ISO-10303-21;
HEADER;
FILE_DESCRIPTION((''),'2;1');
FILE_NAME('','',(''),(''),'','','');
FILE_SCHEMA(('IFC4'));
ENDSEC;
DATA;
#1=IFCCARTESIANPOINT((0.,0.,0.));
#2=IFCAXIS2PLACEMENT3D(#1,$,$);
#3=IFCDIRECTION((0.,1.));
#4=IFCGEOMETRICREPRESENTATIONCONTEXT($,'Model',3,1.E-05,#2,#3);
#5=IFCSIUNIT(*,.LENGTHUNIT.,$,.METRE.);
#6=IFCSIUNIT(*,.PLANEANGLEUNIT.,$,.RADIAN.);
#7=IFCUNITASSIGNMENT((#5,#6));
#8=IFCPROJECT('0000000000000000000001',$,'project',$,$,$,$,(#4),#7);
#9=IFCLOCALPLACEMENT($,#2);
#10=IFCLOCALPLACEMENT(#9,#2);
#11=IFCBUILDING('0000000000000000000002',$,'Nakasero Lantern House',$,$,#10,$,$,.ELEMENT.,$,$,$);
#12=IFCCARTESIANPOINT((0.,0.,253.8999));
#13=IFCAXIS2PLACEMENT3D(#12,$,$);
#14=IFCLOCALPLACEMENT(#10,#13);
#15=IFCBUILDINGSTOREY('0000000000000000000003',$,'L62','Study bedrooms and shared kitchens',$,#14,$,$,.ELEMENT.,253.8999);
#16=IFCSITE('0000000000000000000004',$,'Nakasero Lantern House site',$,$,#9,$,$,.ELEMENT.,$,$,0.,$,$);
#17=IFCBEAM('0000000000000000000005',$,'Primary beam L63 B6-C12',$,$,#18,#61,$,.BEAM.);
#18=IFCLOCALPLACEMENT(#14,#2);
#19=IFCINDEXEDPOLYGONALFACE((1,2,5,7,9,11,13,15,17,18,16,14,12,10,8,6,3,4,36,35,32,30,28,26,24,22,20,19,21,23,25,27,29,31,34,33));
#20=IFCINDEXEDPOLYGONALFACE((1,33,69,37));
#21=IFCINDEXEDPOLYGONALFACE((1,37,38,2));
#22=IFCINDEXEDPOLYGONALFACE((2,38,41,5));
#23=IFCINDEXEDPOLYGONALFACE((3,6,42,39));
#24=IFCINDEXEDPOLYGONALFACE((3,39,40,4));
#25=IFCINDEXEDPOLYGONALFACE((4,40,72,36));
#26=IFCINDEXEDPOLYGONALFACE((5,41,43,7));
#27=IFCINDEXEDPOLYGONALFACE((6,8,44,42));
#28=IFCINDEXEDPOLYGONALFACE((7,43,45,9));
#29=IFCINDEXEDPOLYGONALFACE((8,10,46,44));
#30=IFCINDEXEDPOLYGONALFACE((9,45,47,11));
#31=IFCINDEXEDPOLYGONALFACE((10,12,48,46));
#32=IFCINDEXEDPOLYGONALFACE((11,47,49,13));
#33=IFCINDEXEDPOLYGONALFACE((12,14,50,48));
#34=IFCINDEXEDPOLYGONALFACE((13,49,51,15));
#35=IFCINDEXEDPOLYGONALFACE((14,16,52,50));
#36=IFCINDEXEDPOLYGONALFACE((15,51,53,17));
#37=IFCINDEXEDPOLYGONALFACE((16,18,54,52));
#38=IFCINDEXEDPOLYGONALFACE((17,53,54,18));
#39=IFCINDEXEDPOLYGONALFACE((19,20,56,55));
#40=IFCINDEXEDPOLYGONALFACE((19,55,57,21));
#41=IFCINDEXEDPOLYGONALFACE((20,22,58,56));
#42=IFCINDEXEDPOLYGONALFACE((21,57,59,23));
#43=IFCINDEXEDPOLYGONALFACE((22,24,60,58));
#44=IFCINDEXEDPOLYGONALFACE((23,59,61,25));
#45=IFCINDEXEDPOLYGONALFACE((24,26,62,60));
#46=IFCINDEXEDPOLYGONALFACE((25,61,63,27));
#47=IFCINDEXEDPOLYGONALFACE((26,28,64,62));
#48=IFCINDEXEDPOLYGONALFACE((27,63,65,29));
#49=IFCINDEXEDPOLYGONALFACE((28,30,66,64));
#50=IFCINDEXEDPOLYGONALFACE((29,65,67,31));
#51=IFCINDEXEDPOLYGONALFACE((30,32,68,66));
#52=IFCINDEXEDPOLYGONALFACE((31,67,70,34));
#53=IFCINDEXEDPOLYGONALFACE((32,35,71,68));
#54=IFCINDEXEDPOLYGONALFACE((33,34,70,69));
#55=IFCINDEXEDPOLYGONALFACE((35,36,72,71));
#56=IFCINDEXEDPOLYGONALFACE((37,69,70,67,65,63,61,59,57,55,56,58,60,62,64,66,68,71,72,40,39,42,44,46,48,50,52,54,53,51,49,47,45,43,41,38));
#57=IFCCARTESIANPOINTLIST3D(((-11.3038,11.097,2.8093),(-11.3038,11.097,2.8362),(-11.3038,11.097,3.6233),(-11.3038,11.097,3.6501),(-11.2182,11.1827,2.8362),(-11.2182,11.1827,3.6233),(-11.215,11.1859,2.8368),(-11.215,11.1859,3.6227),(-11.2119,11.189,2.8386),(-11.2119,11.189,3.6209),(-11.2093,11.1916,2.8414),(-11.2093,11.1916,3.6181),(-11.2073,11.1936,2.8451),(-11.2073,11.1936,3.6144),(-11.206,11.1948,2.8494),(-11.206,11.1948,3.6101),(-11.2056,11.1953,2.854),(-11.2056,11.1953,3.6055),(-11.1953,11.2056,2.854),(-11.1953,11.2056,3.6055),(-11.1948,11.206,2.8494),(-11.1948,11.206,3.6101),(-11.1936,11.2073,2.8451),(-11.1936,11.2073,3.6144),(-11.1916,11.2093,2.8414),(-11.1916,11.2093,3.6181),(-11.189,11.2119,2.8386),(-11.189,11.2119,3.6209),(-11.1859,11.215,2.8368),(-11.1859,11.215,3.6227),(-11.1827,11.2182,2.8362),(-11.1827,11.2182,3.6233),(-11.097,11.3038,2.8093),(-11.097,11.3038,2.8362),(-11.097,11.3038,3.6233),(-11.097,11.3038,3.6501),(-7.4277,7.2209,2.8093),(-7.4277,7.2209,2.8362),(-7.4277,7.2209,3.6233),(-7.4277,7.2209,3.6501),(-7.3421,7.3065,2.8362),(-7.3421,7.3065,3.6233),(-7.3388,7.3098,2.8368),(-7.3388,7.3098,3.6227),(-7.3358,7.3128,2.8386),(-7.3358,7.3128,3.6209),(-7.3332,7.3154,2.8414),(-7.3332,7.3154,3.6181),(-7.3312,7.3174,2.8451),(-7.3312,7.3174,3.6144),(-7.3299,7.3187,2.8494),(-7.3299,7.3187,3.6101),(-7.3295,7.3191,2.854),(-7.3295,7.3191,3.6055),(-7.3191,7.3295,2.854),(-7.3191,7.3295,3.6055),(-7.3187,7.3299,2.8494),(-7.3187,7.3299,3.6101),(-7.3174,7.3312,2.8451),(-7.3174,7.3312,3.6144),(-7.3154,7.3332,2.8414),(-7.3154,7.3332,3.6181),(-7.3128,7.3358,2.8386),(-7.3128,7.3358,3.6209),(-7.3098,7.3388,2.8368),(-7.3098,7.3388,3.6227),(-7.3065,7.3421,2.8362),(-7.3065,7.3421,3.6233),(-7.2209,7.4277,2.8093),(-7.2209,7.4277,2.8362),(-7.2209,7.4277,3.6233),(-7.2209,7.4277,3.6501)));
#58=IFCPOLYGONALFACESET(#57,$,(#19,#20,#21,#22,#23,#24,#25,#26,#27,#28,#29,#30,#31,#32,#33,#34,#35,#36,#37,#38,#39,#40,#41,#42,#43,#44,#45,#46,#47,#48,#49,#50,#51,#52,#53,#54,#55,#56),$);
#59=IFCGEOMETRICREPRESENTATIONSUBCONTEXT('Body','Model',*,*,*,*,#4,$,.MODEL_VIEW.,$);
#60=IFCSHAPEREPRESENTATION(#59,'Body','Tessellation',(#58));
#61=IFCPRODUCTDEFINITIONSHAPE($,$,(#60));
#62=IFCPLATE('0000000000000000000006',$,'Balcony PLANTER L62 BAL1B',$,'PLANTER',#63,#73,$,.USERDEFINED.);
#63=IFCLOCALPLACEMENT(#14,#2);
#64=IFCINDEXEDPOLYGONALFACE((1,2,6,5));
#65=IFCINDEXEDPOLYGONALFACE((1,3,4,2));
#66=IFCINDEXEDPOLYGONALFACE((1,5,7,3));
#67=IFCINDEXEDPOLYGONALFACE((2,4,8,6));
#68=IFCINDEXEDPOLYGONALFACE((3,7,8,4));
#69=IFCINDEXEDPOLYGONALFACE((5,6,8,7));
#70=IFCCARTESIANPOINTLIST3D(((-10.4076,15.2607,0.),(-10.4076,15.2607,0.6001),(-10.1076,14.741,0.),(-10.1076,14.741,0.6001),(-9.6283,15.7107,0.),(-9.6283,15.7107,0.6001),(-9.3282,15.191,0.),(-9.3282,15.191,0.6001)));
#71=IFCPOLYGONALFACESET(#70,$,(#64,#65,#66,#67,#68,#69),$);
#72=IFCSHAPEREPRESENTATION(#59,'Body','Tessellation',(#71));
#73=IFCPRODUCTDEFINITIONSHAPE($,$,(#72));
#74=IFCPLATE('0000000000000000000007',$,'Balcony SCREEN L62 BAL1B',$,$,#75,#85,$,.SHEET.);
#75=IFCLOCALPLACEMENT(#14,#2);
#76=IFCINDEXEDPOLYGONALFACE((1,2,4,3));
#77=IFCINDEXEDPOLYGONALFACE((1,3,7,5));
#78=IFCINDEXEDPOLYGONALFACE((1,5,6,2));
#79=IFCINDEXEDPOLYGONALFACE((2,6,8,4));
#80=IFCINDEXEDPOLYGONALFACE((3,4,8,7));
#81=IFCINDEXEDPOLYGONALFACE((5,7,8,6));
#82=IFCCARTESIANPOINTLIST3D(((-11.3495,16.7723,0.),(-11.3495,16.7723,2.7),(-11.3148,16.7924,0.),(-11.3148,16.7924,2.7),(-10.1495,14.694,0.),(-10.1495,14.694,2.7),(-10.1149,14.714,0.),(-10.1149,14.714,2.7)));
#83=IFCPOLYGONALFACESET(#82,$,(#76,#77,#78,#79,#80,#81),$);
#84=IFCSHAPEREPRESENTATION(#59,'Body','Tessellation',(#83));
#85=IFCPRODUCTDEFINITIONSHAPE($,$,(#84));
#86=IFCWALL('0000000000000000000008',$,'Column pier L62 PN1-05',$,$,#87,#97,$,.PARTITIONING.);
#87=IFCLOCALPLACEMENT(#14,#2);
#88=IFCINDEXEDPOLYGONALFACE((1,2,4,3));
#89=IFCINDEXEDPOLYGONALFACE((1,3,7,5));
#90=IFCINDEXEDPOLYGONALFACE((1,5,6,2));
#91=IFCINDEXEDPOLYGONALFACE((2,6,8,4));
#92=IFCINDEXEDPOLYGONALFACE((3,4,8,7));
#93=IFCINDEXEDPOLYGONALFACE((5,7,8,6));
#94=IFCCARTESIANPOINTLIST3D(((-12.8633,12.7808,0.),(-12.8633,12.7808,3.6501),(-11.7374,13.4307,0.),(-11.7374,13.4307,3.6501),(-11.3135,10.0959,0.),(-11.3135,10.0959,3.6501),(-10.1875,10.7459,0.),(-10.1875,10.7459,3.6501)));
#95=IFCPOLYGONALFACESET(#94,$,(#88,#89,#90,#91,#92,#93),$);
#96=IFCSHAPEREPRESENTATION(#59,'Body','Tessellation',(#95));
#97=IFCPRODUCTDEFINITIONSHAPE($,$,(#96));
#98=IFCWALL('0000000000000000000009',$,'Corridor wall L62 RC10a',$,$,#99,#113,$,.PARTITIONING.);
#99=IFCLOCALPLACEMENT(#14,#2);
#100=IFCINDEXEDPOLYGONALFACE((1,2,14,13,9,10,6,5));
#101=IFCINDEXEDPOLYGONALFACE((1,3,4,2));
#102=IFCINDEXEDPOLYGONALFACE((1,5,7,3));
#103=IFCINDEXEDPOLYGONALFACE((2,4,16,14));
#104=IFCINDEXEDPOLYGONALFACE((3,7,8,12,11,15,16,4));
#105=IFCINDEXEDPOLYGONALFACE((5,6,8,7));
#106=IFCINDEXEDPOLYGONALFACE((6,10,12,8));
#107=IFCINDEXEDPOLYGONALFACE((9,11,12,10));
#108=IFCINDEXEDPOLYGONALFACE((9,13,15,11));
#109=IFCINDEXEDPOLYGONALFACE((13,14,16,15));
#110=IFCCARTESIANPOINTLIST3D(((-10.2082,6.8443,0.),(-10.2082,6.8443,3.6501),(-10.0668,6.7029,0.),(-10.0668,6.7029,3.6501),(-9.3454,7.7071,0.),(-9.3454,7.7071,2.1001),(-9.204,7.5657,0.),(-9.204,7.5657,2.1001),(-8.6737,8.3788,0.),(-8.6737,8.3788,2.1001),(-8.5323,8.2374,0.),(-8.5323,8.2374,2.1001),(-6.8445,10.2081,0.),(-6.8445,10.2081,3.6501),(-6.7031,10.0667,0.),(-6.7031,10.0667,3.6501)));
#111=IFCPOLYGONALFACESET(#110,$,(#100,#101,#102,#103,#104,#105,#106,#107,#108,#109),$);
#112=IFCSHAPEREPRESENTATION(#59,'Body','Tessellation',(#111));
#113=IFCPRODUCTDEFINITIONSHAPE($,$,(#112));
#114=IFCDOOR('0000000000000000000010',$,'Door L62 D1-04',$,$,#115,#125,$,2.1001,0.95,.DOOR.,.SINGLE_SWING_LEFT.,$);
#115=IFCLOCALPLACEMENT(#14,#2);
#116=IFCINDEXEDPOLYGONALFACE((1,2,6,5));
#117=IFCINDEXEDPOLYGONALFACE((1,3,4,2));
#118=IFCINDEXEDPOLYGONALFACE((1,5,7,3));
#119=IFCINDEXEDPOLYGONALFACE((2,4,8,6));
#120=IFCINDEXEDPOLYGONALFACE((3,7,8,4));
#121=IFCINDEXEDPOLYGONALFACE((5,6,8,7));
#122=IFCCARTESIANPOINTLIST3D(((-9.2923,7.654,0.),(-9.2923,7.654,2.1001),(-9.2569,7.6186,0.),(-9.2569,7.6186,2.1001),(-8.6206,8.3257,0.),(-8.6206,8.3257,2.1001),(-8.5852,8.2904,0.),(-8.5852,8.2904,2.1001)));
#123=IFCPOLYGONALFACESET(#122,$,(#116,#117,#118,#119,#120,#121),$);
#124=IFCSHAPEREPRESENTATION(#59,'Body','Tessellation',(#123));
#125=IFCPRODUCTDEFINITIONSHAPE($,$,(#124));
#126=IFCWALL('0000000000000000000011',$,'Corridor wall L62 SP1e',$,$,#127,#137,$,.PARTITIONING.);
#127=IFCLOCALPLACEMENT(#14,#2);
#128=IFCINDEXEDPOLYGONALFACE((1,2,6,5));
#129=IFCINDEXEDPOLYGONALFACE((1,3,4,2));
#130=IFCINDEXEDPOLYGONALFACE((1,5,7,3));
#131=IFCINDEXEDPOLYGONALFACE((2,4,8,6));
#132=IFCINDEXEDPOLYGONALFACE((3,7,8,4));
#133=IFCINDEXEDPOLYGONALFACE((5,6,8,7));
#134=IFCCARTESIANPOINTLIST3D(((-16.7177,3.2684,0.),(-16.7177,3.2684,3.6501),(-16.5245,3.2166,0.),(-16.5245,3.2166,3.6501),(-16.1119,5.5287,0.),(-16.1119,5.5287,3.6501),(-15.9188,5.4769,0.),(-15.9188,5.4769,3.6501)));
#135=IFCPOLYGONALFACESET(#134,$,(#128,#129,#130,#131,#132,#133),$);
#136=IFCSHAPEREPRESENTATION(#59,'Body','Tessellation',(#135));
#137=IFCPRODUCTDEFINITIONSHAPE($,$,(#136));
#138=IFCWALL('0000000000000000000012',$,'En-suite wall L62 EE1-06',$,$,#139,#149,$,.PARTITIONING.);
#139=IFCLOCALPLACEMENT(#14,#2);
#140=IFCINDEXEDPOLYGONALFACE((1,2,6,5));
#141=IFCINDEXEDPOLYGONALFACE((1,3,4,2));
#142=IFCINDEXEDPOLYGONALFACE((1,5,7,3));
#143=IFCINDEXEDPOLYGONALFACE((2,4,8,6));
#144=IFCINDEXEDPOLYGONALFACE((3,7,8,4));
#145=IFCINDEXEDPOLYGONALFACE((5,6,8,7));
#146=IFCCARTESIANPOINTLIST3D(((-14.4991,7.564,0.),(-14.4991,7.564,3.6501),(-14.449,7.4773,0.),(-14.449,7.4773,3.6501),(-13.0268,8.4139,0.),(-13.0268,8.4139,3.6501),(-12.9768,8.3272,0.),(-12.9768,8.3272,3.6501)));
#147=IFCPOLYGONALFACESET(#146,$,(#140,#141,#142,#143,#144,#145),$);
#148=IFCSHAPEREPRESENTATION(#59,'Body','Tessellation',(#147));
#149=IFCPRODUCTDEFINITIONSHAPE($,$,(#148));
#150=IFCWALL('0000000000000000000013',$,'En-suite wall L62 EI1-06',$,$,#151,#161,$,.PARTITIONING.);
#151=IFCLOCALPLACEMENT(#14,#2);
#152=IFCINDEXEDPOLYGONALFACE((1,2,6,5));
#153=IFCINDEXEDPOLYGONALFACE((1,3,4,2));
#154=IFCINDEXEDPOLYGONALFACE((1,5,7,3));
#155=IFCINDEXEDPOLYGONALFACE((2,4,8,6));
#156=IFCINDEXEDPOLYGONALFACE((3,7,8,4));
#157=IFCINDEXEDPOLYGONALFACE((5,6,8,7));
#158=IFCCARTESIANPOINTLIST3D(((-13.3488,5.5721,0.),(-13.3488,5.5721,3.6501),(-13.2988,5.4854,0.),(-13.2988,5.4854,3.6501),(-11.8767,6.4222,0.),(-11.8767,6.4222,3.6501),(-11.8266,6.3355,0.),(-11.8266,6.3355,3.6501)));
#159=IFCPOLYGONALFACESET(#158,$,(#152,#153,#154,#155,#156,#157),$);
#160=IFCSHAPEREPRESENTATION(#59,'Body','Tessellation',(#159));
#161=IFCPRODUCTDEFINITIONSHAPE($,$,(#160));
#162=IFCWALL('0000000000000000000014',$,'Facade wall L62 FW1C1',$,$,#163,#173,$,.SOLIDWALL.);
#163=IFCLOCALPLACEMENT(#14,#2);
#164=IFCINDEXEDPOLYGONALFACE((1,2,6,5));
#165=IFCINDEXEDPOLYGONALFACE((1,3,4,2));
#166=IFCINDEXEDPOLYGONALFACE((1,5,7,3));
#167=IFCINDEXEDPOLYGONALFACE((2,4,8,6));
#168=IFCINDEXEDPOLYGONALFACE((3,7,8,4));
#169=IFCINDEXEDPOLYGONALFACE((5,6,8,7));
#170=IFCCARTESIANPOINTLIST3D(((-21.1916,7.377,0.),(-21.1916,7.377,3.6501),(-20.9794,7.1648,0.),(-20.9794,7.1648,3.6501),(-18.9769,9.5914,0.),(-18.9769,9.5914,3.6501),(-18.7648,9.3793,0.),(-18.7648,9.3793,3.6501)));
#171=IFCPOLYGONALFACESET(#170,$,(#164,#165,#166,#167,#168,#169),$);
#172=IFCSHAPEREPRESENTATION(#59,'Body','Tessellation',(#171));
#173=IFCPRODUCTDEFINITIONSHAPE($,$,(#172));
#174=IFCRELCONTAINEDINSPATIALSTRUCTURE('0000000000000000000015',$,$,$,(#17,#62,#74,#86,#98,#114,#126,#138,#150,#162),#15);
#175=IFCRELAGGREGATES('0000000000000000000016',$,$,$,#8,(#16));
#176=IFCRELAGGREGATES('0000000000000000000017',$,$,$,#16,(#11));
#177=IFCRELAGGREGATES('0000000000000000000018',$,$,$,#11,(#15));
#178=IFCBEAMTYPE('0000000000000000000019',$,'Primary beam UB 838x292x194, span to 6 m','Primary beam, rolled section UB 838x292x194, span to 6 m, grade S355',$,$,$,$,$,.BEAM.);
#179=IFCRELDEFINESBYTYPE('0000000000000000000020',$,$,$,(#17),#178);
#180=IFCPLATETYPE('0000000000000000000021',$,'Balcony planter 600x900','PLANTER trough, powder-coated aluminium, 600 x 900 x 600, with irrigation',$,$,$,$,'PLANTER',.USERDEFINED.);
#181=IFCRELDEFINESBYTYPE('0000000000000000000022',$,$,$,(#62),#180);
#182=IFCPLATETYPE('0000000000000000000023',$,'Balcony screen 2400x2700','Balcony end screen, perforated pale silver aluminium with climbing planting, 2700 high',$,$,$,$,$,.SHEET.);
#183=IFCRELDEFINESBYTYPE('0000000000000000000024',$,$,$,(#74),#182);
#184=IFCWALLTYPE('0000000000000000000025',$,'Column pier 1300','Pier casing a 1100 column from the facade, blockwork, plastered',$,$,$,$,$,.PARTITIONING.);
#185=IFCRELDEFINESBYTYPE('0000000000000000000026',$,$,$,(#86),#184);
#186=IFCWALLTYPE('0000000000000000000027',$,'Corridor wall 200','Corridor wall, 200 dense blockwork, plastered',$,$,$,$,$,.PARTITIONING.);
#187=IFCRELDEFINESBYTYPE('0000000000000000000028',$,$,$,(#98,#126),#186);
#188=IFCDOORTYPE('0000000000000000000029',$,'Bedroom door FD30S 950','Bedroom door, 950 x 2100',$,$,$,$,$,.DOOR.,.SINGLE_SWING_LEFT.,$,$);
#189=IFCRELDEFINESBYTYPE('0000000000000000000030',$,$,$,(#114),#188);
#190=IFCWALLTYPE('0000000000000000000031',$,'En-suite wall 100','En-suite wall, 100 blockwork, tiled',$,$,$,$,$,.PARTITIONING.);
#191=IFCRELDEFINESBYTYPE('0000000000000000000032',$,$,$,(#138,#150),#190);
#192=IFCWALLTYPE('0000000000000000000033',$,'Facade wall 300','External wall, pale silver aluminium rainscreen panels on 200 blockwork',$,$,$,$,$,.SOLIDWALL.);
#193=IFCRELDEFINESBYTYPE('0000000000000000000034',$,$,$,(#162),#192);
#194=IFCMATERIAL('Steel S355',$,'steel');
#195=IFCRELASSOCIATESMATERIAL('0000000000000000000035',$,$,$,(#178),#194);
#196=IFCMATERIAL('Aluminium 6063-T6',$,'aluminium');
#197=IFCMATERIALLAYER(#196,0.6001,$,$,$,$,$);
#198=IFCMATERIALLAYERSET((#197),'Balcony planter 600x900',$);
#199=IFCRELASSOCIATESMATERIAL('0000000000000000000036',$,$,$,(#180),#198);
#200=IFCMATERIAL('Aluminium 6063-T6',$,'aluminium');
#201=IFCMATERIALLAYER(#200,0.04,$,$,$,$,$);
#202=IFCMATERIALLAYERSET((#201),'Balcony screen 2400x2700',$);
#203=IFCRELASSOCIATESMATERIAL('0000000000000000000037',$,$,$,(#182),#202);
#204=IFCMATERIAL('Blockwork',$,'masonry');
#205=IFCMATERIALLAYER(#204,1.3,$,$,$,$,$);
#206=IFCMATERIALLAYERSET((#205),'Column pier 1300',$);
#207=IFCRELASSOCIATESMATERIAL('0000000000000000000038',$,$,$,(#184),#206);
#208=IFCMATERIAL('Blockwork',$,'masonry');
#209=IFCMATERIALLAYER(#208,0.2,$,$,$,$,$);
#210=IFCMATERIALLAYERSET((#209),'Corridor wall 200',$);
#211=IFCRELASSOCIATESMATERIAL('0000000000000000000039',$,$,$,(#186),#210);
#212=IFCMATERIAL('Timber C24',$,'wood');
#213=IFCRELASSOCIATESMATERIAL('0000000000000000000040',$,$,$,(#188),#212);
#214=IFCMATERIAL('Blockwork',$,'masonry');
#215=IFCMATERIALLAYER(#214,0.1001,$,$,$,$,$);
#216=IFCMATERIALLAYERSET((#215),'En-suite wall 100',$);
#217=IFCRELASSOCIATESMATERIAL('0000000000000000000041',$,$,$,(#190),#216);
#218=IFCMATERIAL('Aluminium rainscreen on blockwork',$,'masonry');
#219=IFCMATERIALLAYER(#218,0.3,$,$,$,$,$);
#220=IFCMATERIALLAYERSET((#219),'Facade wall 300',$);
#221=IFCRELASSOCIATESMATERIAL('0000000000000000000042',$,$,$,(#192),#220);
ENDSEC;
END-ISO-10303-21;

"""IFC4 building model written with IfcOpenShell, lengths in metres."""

from ifc_helpers import new_model, si_unit, direction, frame, frame_2d, origin, origin_2d, place, context, subcontext, project, spatial, rectangle, i_section, extrude, material, layer, layer_set, material_profile, profile_set, type_object, element, fill, save


model = new_model("IFC4")

# Units and contexts
model_context = context("Model", 3, precision=1e-05, world=origin(), true_north=direction((0.0, 1.0)))
body_context = subcontext(model_context, "Body", "Model", "MODEL_VIEW")
ifc_project = project(units=[si_unit("LENGTHUNIT", "METRE"), si_unit("PLANEANGLEUNIT", "RADIAN")], contexts=[model_context])

# Site, building, storey
site_placement = place(None, origin())
site = spatial("IfcSite", under=ifc_project, at=site_placement, Name="Nakasero Lantern House site", CompositionType="ELEMENT", RefElevation=0.0)
building_placement = place(site_placement, origin())
building = spatial("IfcBuilding", under=site, at=building_placement, Name="Nakasero Lantern House", CompositionType="ELEMENT")
storey_placement = place(building_placement, frame((0.0, 0.0, 253.8999)))
storey = spatial("IfcBuildingStorey", under=building, at=storey_placement, Name="L62", Description="Study bedrooms and shared kitchens", CompositionType="ELEMENT", Elevation=253.8999)

# Beam
ifc_material_1 = material(Name="Steel S355", Category="steel")
ifc_material_profile_1 = material_profile(ifc_material_1, i_section(OverallWidth=0.2925, OverallDepth=0.8408, WebThickness=0.0146, FlangeThickness=0.0269, FilletRadius=0.0178, at=origin_2d()), Name="UB 838x292x194")
ifc_profile_set_1 = profile_set([ifc_material_profile_1], Name="Steel S355")
beam_type_1 = type_object("IfcBeamType", Name="Primary beam UB 838x292x194, span to 6 m", Description="Primary beam, rolled section UB 838x292x194, span to 6 m, grade S355", PredefinedType="BEAM", material=ifc_profile_set_1)
beam_1_placement = place(storey_placement, frame((-11.2004, 11.2004, 3.2297), z_axis=(0.707107, -0.707107, 0.0), x_axis=(0.707107, 0.707107, 0.0)))
element("IfcBeam", 1, at=beam_1_placement, inside=storey, type_object=beam_type_1, Name="Primary beam L63 B6-C12", PredefinedType="BEAM", context=body_context, shape_type="SweptSolid", body=[
    extrude(i_section(OverallWidth=0.2925, OverallDepth=0.8408, WebThickness=0.0146, FlangeThickness=0.0269, FilletRadius=0.0178, at=origin_2d()), origin(), (0.0, 0.0, 1.0), 5.4817),
])

# Plates
ifc_material_2 = material(Name="Aluminium 6063-T6", Category="aluminium")
ifc_layer_1 = layer(ifc_material_2, 0.6001)
ifc_layer_set_1 = layer_set([ifc_layer_1], Name="Balcony planter 600x900")
plate_type_1 = type_object("IfcPlateType", Name="Balcony planter 600x900", Description="PLANTER trough, powder-coated aluminium, 600 x 900 x 600, with irrigation", ElementType="PLANTER", PredefinedType="USERDEFINED", material=ifc_layer_set_1)
plate_1_placement = place(storey_placement, frame((-9.8679, 15.2258, 0.0), z_axis=(0.0, 0.0, 1.0), x_axis=(-0.5, 0.866025, 0.0)))
element("IfcPlate", 2, at=plate_1_placement, inside=storey, type_object=plate_type_1, Name="Balcony PLANTER L62 BAL1B", ObjectType="PLANTER", PredefinedType="USERDEFINED", context=body_context, shape_type="SweptSolid", body=[
    extrude(rectangle(XDim=0.6001, YDim=0.8999, at=origin_2d()), origin(), (0.0, 0.0, 1.0), 0.6001),
])
ifc_material_3 = material(Name="Aluminium 6063-T6", Category="aluminium")
ifc_layer_2 = layer(ifc_material_3, 0.04)
ifc_layer_set_2 = layer_set([ifc_layer_2], Name="Balcony screen 2400x2700")
plate_type_2 = type_object("IfcPlateType", Name="Balcony screen 2400x2700", Description="Balcony end screen, perforated pale silver aluminium with climbing planting, 2700 high", PredefinedType="SHEET", material=ifc_layer_set_2)
plate_2_placement = place(storey_placement, frame((-10.7322, 15.7432, 0.0), z_axis=(0.0, 0.0, 1.0), x_axis=(-0.5, 0.866025, 0.0)))
element("IfcPlate", 3, at=plate_2_placement, inside=storey, type_object=plate_type_2, Name="Balcony SCREEN L62 BAL1B", PredefinedType="SHEET", context=body_context, shape_type="SweptSolid", body=[
    extrude(rectangle(XDim=2.3999, YDim=0.04, at=origin_2d()), origin(), (0.0, 0.0, 1.0), 2.7),
])

# Wall
ifc_material_4 = material(Name="Blockwork", Category="masonry")
ifc_layer_3 = layer(ifc_material_4, 1.3)
ifc_layer_set_3 = layer_set([ifc_layer_3], Name="Column pier 1300")
wall_type_1 = type_object("IfcWallType", Name="Column pier 1300", Description="Pier casing a 1100 column from the facade, blockwork, plastered", PredefinedType="PARTITIONING", material=ifc_layer_set_3)
wall_1_placement = place(storey_placement, frame((-10.7505, 10.4209, 0.0), z_axis=(0.0, 0.0, 1.0), x_axis=(-0.499934, 0.866064, 0.0)))
element("IfcWall", 4, at=wall_1_placement, inside=storey, type_object=wall_type_1, Name="Column pier L62 PN1-05", PredefinedType="PARTITIONING", context=body_context, shape_type="SweptSolid", body=[
    extrude(rectangle(XDim=3.1001, YDim=1.3, at=frame_2d((1.55, 0.0))), origin(), (0.0, 0.0, 1.0), 3.6501),
])

# Wall, opening, door
ifc_material_5 = material(Name="Blockwork", Category="masonry")
ifc_layer_4 = layer(ifc_material_5, 0.2)
ifc_layer_set_4 = layer_set([ifc_layer_4], Name="Corridor wall 200")
wall_type_2 = type_object("IfcWallType", Name="Corridor wall 200", Description="Corridor wall, 200 dense blockwork, plastered", PredefinedType="PARTITIONING", material=ifc_layer_set_4)
wall_2_placement = place(storey_placement, frame((-10.1375, 6.7737, 0.0), z_axis=(0.0, 0.0, 1.0), x_axis=(0.707107, 0.707107, 0.0)))
wall_2 = element("IfcWall", 5, at=wall_2_placement, inside=storey, type_object=wall_type_2, Name="Corridor wall L62 RC10a", PredefinedType="PARTITIONING", context=body_context, shape_type="SweptSolid", body=[
    extrude(rectangle(XDim=4.7571, YDim=0.2, at=frame_2d((2.3784, 0.0))), origin(), (0.0, 0.0, 1.0), 3.6501),
])
opening_1_placement = place(wall_2_placement, frame((1.22, 0.0, 0.0)))
opening_1 = element("IfcOpeningElement", 6, at=opening_1_placement, cuts=wall_2, PredefinedType="OPENING", context=body_context, shape_type="SweptSolid", body=[
    extrude(rectangle(XDim=0.95, YDim=2.1001, at=frame_2d((0.4751, 1.05))), frame((0.0, 0.1199, 0.0), z_axis=(0.0, -1.0, 0.0), x_axis=(1.0, 0.0, 0.0)), (0.0, 0.0, 1.0), 0.24),
])
ifc_material_6 = material(Name="Timber C24", Category="wood")
door_type = type_object("IfcDoorType", Name="Bedroom door FD30S 950", Description="Bedroom door, 950 x 2100", OperationType="SINGLE_SWING_LEFT", PredefinedType="DOOR", material=ifc_material_6)
door_placement = place(opening_1_placement, origin())
door = element("IfcDoor", 7, at=door_placement, inside=storey, type_object=door_type, Name="Door L62 D1-04", OperationType="SINGLE_SWING_LEFT", OverallHeight=2.1001, OverallWidth=0.95, PredefinedType="DOOR", context=body_context, shape_type="SweptSolid", body=[
    extrude(rectangle(XDim=0.95, YDim=2.1001, at=frame_2d((0.4751, 1.05))), frame((0.0, 0.0249, 0.0), z_axis=(0.0, -1.0, 0.0), x_axis=(1.0, 0.0, 0.0)), (0.0, 0.0, 1.0), 0.05),
])
fill(opening_1, door)

# Walls
wall_3_placement = place(storey_placement, frame((-16.0154, 5.5027, 0.0), z_axis=(0.0, 0.0, 1.0), x_axis=(-0.258851, -0.965917, 0.0)))
element("IfcWall", 8, at=wall_3_placement, inside=storey, type_object=wall_type_2, Name="Corridor wall L62 SP1e", PredefinedType="PARTITIONING", context=body_context, shape_type="SweptSolid", body=[
    extrude(rectangle(XDim=2.3401, YDim=0.2, at=frame_2d((1.1699, 0.0))), origin(), (0.0, 0.0, 1.0), 3.6501),
])
ifc_material_7 = material(Name="Blockwork", Category="masonry")
ifc_layer_5 = layer(ifc_material_7, 0.1001)
ifc_layer_set_5 = layer_set([ifc_layer_5], Name="En-suite wall 100")
wall_type_3 = type_object("IfcWallType", Name="En-suite wall 100", Description="En-suite wall, 100 blockwork, tiled", PredefinedType="PARTITIONING", material=ifc_layer_set_5)
for number, where, z_axis, x_axis, name in (
    (9, (-13.0017, 8.3706, 0.0), (0.0, 0.0, 1.0), (-0.866052, -0.499955, 0.0), "En-suite wall L62 EE1-06"),
    (10, (-11.8516, 6.3789, 0.0), (0.0, 0.0, 1.0), (-0.865989, -0.500062, 0.0), "En-suite wall L62 EI1-06"),
):
    element("IfcWall", number, at=place(storey_placement, frame(where, z_axis=z_axis, x_axis=x_axis)), inside=storey, type_object=wall_type_3, Name=name, PredefinedType="PARTITIONING", context=body_context, shape_type="SweptSolid", body=[
        extrude(rectangle(XDim=1.7, YDim=0.1001, at=frame_2d((0.8501, 0.0))), origin(), (0.0, 0.0, 1.0), 3.6501),
    ])
ifc_material_8 = material(Name="Aluminium rainscreen on blockwork", Category="masonry")
ifc_layer_6 = layer(ifc_material_8, 0.3)
ifc_layer_set_6 = layer_set([ifc_layer_6], Name="Facade wall 300")
wall_type_4 = type_object("IfcWallType", Name="Facade wall 300", Description="External wall, pale silver aluminium rainscreen panels on 200 blockwork", PredefinedType="SOLIDWALL", material=ifc_layer_set_6)
wall_4_placement = place(storey_placement, frame((-18.8708, 9.4854, 0.0), z_axis=(0.0, 0.0, 1.0), x_axis=(-0.707146, -0.707068, 0.0)))
element("IfcWall", 11, at=wall_4_placement, inside=storey, type_object=wall_type_4, Name="Facade wall L62 FW1C1", PredefinedType="SOLIDWALL", context=body_context, shape_type="SweptSolid", body=[
    extrude(rectangle(XDim=3.1318, YDim=0.3, at=frame_2d((1.5659, 0.0))), origin(), (0.0, 0.0, 1.0), 3.6501),
])

save(model, "model.ifc")
